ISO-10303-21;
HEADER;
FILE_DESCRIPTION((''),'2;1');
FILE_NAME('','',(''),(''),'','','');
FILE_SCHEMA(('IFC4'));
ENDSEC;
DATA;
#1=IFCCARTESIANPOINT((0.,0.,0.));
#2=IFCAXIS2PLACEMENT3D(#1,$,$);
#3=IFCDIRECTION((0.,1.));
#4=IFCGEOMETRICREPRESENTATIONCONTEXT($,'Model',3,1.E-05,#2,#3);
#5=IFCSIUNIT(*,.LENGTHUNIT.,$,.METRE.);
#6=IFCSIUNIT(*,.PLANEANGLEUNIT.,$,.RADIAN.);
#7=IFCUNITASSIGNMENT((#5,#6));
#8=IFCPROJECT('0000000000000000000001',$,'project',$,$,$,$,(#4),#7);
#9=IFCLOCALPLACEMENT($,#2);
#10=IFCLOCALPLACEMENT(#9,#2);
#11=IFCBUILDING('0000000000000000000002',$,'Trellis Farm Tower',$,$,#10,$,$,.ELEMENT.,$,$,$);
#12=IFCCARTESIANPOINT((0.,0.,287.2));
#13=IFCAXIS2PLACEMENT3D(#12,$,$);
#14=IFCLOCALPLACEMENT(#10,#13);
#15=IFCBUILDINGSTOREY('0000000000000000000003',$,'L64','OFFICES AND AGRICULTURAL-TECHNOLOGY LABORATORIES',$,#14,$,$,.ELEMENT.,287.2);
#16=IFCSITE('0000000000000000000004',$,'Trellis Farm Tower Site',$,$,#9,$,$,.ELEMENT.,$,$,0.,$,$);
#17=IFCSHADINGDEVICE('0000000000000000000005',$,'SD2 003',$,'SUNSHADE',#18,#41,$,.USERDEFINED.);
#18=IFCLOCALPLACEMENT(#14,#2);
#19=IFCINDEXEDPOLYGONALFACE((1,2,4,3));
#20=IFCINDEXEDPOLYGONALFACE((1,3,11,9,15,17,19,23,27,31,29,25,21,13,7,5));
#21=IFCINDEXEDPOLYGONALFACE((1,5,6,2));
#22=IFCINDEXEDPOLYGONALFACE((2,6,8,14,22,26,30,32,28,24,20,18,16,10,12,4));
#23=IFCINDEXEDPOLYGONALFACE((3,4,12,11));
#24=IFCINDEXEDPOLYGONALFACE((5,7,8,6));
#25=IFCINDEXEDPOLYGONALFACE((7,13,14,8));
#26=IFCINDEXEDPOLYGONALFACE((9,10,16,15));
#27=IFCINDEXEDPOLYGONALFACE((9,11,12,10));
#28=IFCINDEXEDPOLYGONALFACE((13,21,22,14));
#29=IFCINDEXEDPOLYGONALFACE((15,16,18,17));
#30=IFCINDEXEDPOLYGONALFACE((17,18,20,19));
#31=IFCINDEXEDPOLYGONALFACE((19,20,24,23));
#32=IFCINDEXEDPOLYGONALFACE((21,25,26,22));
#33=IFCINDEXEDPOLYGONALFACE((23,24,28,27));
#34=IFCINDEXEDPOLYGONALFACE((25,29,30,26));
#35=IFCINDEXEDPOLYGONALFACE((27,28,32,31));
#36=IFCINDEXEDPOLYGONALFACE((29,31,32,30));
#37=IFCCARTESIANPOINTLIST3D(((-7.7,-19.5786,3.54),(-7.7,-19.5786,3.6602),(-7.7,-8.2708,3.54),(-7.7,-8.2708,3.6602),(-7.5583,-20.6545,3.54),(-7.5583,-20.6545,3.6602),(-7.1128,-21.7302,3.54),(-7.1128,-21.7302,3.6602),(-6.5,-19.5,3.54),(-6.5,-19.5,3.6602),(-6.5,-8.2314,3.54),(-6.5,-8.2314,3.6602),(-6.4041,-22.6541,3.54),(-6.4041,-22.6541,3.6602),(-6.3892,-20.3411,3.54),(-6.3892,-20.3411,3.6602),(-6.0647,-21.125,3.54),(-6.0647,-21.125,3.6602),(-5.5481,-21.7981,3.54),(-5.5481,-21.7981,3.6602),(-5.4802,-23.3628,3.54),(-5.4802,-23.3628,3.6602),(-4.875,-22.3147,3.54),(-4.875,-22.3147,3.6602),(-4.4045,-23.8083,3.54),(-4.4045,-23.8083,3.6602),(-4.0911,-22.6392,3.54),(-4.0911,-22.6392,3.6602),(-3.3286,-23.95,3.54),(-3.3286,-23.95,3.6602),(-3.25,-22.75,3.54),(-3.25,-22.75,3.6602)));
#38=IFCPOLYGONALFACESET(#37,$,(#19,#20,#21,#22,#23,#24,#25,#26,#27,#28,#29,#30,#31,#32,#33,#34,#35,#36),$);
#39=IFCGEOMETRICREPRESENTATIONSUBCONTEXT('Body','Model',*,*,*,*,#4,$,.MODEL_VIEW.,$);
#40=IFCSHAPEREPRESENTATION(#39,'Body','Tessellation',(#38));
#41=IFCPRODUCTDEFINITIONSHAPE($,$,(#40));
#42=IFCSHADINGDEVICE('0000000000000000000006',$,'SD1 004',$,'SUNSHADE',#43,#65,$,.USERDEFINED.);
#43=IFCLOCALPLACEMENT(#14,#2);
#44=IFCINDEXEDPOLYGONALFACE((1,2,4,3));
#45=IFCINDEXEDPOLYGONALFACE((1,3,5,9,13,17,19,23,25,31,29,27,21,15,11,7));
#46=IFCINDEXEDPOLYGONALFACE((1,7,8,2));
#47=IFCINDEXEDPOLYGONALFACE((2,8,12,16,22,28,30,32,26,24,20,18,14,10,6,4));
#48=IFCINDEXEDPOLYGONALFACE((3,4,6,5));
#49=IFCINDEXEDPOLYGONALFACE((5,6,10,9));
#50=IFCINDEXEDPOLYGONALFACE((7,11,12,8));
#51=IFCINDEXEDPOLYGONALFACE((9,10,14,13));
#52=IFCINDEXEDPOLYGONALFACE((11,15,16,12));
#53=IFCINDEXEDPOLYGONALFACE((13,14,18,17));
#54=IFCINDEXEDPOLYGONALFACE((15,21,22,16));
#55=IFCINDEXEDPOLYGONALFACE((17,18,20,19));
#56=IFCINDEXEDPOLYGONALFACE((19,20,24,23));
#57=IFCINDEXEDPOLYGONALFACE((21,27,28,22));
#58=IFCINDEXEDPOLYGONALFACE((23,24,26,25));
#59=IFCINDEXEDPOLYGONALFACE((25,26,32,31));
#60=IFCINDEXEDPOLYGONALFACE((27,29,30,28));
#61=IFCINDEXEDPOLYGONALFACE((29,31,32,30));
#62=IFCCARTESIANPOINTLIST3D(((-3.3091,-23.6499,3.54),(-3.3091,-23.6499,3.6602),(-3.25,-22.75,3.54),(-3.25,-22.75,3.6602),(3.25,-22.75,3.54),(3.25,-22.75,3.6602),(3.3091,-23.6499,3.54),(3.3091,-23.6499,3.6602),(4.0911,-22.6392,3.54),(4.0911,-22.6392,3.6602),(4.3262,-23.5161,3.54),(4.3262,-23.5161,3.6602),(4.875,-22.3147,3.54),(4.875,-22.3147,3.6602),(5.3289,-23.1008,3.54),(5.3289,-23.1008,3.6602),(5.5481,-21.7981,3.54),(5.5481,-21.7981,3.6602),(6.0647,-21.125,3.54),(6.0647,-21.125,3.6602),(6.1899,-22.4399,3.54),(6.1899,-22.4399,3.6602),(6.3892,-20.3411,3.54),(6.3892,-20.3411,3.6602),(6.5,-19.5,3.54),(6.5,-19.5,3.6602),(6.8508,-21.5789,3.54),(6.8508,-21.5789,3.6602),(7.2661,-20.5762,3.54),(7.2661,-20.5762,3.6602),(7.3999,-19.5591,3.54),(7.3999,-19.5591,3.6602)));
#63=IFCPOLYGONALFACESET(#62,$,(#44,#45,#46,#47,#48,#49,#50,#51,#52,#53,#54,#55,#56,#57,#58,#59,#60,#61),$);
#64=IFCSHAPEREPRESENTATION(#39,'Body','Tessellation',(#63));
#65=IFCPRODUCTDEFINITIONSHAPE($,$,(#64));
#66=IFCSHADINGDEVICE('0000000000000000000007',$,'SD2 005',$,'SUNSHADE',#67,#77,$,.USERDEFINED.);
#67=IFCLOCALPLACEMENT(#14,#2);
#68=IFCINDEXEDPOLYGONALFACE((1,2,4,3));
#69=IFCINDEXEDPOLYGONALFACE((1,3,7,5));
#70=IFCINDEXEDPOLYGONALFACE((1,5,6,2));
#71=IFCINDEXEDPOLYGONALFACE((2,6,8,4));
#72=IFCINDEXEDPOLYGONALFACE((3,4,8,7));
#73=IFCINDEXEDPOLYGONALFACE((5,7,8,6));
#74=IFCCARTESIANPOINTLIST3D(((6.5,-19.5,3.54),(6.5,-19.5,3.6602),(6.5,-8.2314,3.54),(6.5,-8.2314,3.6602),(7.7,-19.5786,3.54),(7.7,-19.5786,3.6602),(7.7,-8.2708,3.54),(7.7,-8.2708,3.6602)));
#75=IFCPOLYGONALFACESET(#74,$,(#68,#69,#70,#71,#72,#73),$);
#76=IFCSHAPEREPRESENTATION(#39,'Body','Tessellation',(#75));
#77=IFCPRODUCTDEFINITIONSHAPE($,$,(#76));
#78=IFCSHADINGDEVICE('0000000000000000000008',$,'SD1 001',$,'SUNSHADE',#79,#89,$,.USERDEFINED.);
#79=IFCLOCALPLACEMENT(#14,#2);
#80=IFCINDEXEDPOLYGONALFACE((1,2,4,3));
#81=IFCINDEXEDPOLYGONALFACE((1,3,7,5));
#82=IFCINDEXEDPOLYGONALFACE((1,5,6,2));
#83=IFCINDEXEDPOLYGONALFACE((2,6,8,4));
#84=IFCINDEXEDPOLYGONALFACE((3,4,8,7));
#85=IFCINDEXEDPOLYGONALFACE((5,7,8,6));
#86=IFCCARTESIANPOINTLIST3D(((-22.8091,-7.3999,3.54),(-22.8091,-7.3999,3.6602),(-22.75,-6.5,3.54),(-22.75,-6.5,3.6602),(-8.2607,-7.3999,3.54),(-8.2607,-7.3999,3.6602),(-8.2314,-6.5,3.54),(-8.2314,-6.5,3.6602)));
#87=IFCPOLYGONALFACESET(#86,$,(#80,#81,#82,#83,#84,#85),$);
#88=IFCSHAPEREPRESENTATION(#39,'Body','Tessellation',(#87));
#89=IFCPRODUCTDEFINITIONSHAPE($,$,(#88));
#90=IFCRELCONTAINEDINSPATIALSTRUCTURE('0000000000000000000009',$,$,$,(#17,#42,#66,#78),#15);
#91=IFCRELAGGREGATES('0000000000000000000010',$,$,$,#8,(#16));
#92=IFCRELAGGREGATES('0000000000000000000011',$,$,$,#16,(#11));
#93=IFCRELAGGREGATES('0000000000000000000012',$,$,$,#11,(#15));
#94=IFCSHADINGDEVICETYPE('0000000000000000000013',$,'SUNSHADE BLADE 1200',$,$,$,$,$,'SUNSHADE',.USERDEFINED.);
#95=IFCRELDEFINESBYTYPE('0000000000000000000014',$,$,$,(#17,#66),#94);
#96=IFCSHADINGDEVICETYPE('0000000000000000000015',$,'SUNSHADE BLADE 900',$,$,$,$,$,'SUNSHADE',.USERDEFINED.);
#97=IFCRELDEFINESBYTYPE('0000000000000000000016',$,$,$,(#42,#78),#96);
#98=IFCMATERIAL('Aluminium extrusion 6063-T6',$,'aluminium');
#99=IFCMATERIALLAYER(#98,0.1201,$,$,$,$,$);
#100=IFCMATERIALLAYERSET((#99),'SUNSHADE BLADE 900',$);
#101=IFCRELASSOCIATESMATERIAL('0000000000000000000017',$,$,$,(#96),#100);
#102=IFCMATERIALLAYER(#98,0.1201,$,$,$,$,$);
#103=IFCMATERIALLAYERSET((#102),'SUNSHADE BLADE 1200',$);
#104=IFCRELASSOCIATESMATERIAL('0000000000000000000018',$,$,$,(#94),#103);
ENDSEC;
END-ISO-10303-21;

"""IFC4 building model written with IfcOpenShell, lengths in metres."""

from ifc_helpers import new_model, si_unit, direction, frame, origin, place, context, subcontext, project, spatial, polyline, outline, extrude, source, transform, mapped, material, layer, layer_set, type_object, element, save


model = new_model("IFC4")

# Units and contexts
model_context = context("Model", 3, precision=1e-05, world=origin(), true_north=direction((0.0, 1.0)))
body_context = subcontext(model_context, "Body", "Model", "MODEL_VIEW")
ifc_project = project(units=[si_unit("LENGTHUNIT", "METRE"), si_unit("PLANEANGLEUNIT", "RADIAN")], contexts=[model_context])

# Site, building, storey
site_placement = place(None, origin())
site = spatial("IfcSite", under=ifc_project, at=site_placement, Name="Trellis Farm Tower Site", CompositionType="ELEMENT", RefElevation=0.0)
building_placement = place(site_placement, origin())
building = spatial("IfcBuilding", under=site, at=building_placement, Name="Trellis Farm Tower", CompositionType="ELEMENT")
storey_placement = place(building_placement, frame((0.0, 0.0, 287.2)))
storey = spatial("IfcBuildingStorey", under=building, at=storey_placement, Name="L64", Description="OFFICES AND AGRICULTURAL-TECHNOLOGY LABORATORIES", CompositionType="ELEMENT", Elevation=287.2)

# Shared definitions
ifc_material_1 = material(Name="Aluminium extrusion 6063-T6", Category="aluminium")

# Shading devices
ifc_layer_1 = layer(ifc_material_1, 0.1201)
ifc_layer_set_1 = layer_set([ifc_layer_1], Name="SUNSHADE BLADE 900")
shading_device_type_1 = type_object("IfcShadingDeviceType", Name="SUNSHADE BLADE 900", ElementType="SUNSHADE", PredefinedType="USERDEFINED", material=ifc_layer_set_1)
placement_1 = place(storey_placement, frame((0.0, 0.0, 3.54)))
ifc_layer_2 = layer(ifc_material_1, 0.1201)
ifc_layer_set_2 = layer_set([ifc_layer_2], Name="SUNSHADE BLADE 1200")
shading_device_type_2 = type_object("IfcShadingDeviceType", Name="SUNSHADE BLADE 1200", ElementType="SUNSHADE", PredefinedType="USERDEFINED", material=ifc_layer_set_2)
shared_shape_1 = source(origin(), body_context, "Body", "SweptSolid", [
    extrude(outline(polyline([(-7.7, -8.2708), (-7.7, -19.5786), (-7.5583, -20.6545), (-7.1128, -21.7302), (-6.4041, -22.6541), (-5.4802, -23.3628), (-4.4045, -23.8083), (-3.3286, -23.95), (-3.25, -22.75), (-4.0911, -22.6392), (-4.875, -22.3147), (-5.5481, -21.7981), (-6.0647, -21.125), (-6.3892, -20.3411), (-6.5, -19.5), (-6.5, -8.2314), (-7.7, -8.2708)])), origin(), (0.0, 0.0, 1.0), 0.1201),
])
element("IfcShadingDevice", 1, at=placement_1, inside=storey, type_object=shading_device_type_2, Name="SD2 003", ObjectType="SUNSHADE", PredefinedType="USERDEFINED", context=body_context, shape_type="MappedRepresentation", body=[
    mapped(shared_shape_1, transform((0.0, 0.0, 0.0))),
])
shared_shape_2 = source(origin(), body_context, "Body", "SweptSolid", [
    extrude(outline(polyline([(-3.3091, -23.6499), (3.3091, -23.6499), (4.3262, -23.5161), (5.3289, -23.1008), (6.1899, -22.4399), (6.8508, -21.5789), (7.2661, -20.5762), (7.3999, -19.5591), (6.5, -19.5), (6.3892, -20.3411), (6.0647, -21.125), (5.5481, -21.7981), (4.875, -22.3147), (4.0911, -22.6392), (3.25, -22.75), (-3.25, -22.75), (-3.3091, -23.6499)])), origin(), (0.0, 0.0, 1.0), 0.1201),
])
element("IfcShadingDevice", 2, at=placement_1, inside=storey, type_object=shading_device_type_1, Name="SD1 004", ObjectType="SUNSHADE", PredefinedType="USERDEFINED", context=body_context, shape_type="MappedRepresentation", body=[
    mapped(shared_shape_2, transform((0.0, 0.0, 0.0))),
])
shared_shape_3 = source(origin(), body_context, "Body", "SweptSolid", [
    extrude(outline(polyline([(7.7, -19.5786), (7.7, -8.2708), (6.5, -8.2314), (6.5, -19.5), (7.7, -19.5786)])), origin(), (0.0, 0.0, 1.0), 0.1201),
])
element("IfcShadingDevice", 3, at=placement_1, inside=storey, type_object=shading_device_type_2, Name="SD2 005", ObjectType="SUNSHADE", PredefinedType="USERDEFINED", context=body_context, shape_type="MappedRepresentation", body=[
    mapped(shared_shape_3, transform((0.0, 0.0, 0.0))),
])
shared_shape_4 = source(origin(), body_context, "Body", "SweptSolid", [
    extrude(outline(polyline([(-22.8091, -7.3999), (-8.2607, -7.3999), (-8.2314, -6.5), (-22.75, -6.5), (-22.8091, -7.3999)])), origin(), (0.0, 0.0, 1.0), 0.1201),
])
element("IfcShadingDevice", 4, at=placement_1, inside=storey, type_object=shading_device_type_1, Name="SD1 001", ObjectType="SUNSHADE", PredefinedType="USERDEFINED", context=body_context, shape_type="MappedRepresentation", body=[
    mapped(shared_shape_4, transform((0.0, 0.0, 0.0))),
])

save(model, "model.ifc")
